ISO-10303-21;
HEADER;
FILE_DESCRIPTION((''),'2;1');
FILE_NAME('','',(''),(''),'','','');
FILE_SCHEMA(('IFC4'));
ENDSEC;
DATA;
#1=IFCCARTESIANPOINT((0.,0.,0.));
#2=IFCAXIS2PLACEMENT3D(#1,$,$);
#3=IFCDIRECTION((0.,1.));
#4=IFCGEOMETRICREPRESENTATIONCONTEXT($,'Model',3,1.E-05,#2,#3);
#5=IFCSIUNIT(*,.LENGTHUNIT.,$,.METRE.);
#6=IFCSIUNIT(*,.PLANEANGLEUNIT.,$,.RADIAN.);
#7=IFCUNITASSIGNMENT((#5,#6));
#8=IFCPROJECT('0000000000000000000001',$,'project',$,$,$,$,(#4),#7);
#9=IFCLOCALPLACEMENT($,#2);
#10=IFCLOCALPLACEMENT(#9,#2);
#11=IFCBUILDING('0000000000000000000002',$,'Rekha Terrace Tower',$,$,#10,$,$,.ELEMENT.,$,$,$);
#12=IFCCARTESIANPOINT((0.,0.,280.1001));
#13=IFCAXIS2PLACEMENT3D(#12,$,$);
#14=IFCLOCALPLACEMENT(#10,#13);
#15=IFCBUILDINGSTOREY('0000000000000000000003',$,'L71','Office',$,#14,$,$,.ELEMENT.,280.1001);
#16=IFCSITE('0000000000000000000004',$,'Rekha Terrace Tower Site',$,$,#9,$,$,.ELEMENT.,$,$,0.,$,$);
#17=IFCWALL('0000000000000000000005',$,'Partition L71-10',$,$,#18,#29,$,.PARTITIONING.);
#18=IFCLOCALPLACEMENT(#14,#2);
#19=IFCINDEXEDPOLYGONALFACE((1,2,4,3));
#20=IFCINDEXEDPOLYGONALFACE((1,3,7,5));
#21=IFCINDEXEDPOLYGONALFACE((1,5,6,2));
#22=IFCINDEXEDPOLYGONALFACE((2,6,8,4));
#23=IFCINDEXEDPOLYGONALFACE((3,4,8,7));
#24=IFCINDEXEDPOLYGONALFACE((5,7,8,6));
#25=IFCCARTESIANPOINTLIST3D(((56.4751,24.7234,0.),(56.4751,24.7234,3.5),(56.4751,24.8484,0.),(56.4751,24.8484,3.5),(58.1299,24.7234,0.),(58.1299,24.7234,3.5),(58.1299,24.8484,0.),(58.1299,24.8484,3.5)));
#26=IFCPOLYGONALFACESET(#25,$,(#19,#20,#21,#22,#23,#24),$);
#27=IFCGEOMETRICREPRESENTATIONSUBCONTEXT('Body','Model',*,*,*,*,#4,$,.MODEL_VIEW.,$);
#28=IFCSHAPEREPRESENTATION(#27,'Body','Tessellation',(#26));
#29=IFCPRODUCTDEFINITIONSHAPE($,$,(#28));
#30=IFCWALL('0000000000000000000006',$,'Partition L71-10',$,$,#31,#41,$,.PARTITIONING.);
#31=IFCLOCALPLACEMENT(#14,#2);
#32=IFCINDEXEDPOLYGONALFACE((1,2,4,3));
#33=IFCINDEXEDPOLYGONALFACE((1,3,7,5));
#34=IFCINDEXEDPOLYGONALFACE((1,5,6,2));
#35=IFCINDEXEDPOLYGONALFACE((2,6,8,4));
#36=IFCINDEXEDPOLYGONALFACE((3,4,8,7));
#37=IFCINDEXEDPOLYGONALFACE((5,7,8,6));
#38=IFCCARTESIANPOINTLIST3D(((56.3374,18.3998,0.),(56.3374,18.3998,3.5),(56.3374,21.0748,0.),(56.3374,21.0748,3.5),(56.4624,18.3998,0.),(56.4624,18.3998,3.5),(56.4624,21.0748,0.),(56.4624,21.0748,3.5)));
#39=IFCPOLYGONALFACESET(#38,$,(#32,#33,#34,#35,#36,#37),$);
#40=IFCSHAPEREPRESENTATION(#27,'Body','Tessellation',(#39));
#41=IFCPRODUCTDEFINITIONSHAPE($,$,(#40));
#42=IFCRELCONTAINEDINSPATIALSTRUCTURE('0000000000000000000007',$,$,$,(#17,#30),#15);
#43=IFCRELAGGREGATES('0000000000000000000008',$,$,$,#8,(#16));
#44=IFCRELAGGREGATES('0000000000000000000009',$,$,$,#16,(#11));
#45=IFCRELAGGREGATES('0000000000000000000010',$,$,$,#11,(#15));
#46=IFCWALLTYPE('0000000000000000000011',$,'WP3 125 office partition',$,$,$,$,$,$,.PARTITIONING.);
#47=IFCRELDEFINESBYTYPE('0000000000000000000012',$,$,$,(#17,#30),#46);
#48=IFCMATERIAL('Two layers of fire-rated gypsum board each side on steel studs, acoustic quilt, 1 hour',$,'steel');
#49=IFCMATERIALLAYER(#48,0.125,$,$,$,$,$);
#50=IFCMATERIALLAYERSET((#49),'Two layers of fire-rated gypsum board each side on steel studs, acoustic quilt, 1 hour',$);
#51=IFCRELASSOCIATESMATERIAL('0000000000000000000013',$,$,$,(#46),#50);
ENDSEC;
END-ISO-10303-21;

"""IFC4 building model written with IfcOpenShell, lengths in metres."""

from ifc_helpers import new_model, si_unit, direction, frame, frame_2d, origin, place, context, subcontext, project, spatial, rectangle, extrude, material, layer, layer_set, type_object, element, save


model = new_model("IFC4")

# Units and contexts
model_context = context("Model", 3, precision=1e-05, world=origin(), true_north=direction((0.0, 1.0)))
body_context = subcontext(model_context, "Body", "Model", "MODEL_VIEW")
ifc_project = project(units=[si_unit("LENGTHUNIT", "METRE"), si_unit("PLANEANGLEUNIT", "RADIAN")], contexts=[model_context])

# Site, building, storey
site_placement = place(None, origin())
site = spatial("IfcSite", under=ifc_project, at=site_placement, Name="Rekha Terrace Tower Site", CompositionType="ELEMENT", RefElevation=0.0)
building_placement = place(site_placement, origin())
building = spatial("IfcBuilding", under=site, at=building_placement, Name="Rekha Terrace Tower", CompositionType="ELEMENT")
storey_placement = place(building_placement, frame((0.0, 0.0, 280.1001)))
storey = spatial("IfcBuildingStorey", under=building, at=storey_placement, Name="L71", Description="Office", CompositionType="ELEMENT", Elevation=280.1001)

# Walls
ifc_material_1 = material(Name="Two layers of fire-rated gypsum board each side on steel studs, acoustic quilt, 1 hour", Category="steel")
ifc_layer_1 = layer(ifc_material_1, 0.125)
ifc_layer_set_1 = layer_set([ifc_layer_1], Name="Two layers of fire-rated gypsum board each side on steel studs, acoustic quilt, 1 hour")
wall_type_1 = type_object("IfcWallType", Name="WP3 125 office partition", PredefinedType="PARTITIONING", material=ifc_layer_set_1)
wall_1_placement = place(storey_placement, frame((56.4751, 24.7859, 0.0), z_axis=(0.0, 0.0, 1.0), x_axis=(1.0, 0.0, 0.0)))
element("IfcWall", 1, at=wall_1_placement, inside=storey, type_object=wall_type_1, Name="Partition L71-10", PredefinedType="PARTITIONING", context=body_context, shape_type="SweptSolid", body=[
    extrude(rectangle(XDim=1.6548, YDim=0.125, at=frame_2d((0.8274, 0.0))), origin(), (0.0, 0.0, 1.0), 3.5),
])
wall_2_placement = place(storey_placement, frame((56.3999, 18.3999, 0.0), z_axis=(0.0, 0.0, 1.0), x_axis=(0.0, 1.0, 0.0)))
element("IfcWall", 2, at=wall_2_placement, inside=storey, type_object=wall_type_1, Name="Partition L71-10", PredefinedType="PARTITIONING", context=body_context, shape_type="SweptSolid", body=[
    extrude(rectangle(XDim=2.675, YDim=0.125, at=frame_2d((1.3374, 0.0))), origin(), (0.0, 0.0, 1.0), 3.5),
])

save(model, "model.ifc")
